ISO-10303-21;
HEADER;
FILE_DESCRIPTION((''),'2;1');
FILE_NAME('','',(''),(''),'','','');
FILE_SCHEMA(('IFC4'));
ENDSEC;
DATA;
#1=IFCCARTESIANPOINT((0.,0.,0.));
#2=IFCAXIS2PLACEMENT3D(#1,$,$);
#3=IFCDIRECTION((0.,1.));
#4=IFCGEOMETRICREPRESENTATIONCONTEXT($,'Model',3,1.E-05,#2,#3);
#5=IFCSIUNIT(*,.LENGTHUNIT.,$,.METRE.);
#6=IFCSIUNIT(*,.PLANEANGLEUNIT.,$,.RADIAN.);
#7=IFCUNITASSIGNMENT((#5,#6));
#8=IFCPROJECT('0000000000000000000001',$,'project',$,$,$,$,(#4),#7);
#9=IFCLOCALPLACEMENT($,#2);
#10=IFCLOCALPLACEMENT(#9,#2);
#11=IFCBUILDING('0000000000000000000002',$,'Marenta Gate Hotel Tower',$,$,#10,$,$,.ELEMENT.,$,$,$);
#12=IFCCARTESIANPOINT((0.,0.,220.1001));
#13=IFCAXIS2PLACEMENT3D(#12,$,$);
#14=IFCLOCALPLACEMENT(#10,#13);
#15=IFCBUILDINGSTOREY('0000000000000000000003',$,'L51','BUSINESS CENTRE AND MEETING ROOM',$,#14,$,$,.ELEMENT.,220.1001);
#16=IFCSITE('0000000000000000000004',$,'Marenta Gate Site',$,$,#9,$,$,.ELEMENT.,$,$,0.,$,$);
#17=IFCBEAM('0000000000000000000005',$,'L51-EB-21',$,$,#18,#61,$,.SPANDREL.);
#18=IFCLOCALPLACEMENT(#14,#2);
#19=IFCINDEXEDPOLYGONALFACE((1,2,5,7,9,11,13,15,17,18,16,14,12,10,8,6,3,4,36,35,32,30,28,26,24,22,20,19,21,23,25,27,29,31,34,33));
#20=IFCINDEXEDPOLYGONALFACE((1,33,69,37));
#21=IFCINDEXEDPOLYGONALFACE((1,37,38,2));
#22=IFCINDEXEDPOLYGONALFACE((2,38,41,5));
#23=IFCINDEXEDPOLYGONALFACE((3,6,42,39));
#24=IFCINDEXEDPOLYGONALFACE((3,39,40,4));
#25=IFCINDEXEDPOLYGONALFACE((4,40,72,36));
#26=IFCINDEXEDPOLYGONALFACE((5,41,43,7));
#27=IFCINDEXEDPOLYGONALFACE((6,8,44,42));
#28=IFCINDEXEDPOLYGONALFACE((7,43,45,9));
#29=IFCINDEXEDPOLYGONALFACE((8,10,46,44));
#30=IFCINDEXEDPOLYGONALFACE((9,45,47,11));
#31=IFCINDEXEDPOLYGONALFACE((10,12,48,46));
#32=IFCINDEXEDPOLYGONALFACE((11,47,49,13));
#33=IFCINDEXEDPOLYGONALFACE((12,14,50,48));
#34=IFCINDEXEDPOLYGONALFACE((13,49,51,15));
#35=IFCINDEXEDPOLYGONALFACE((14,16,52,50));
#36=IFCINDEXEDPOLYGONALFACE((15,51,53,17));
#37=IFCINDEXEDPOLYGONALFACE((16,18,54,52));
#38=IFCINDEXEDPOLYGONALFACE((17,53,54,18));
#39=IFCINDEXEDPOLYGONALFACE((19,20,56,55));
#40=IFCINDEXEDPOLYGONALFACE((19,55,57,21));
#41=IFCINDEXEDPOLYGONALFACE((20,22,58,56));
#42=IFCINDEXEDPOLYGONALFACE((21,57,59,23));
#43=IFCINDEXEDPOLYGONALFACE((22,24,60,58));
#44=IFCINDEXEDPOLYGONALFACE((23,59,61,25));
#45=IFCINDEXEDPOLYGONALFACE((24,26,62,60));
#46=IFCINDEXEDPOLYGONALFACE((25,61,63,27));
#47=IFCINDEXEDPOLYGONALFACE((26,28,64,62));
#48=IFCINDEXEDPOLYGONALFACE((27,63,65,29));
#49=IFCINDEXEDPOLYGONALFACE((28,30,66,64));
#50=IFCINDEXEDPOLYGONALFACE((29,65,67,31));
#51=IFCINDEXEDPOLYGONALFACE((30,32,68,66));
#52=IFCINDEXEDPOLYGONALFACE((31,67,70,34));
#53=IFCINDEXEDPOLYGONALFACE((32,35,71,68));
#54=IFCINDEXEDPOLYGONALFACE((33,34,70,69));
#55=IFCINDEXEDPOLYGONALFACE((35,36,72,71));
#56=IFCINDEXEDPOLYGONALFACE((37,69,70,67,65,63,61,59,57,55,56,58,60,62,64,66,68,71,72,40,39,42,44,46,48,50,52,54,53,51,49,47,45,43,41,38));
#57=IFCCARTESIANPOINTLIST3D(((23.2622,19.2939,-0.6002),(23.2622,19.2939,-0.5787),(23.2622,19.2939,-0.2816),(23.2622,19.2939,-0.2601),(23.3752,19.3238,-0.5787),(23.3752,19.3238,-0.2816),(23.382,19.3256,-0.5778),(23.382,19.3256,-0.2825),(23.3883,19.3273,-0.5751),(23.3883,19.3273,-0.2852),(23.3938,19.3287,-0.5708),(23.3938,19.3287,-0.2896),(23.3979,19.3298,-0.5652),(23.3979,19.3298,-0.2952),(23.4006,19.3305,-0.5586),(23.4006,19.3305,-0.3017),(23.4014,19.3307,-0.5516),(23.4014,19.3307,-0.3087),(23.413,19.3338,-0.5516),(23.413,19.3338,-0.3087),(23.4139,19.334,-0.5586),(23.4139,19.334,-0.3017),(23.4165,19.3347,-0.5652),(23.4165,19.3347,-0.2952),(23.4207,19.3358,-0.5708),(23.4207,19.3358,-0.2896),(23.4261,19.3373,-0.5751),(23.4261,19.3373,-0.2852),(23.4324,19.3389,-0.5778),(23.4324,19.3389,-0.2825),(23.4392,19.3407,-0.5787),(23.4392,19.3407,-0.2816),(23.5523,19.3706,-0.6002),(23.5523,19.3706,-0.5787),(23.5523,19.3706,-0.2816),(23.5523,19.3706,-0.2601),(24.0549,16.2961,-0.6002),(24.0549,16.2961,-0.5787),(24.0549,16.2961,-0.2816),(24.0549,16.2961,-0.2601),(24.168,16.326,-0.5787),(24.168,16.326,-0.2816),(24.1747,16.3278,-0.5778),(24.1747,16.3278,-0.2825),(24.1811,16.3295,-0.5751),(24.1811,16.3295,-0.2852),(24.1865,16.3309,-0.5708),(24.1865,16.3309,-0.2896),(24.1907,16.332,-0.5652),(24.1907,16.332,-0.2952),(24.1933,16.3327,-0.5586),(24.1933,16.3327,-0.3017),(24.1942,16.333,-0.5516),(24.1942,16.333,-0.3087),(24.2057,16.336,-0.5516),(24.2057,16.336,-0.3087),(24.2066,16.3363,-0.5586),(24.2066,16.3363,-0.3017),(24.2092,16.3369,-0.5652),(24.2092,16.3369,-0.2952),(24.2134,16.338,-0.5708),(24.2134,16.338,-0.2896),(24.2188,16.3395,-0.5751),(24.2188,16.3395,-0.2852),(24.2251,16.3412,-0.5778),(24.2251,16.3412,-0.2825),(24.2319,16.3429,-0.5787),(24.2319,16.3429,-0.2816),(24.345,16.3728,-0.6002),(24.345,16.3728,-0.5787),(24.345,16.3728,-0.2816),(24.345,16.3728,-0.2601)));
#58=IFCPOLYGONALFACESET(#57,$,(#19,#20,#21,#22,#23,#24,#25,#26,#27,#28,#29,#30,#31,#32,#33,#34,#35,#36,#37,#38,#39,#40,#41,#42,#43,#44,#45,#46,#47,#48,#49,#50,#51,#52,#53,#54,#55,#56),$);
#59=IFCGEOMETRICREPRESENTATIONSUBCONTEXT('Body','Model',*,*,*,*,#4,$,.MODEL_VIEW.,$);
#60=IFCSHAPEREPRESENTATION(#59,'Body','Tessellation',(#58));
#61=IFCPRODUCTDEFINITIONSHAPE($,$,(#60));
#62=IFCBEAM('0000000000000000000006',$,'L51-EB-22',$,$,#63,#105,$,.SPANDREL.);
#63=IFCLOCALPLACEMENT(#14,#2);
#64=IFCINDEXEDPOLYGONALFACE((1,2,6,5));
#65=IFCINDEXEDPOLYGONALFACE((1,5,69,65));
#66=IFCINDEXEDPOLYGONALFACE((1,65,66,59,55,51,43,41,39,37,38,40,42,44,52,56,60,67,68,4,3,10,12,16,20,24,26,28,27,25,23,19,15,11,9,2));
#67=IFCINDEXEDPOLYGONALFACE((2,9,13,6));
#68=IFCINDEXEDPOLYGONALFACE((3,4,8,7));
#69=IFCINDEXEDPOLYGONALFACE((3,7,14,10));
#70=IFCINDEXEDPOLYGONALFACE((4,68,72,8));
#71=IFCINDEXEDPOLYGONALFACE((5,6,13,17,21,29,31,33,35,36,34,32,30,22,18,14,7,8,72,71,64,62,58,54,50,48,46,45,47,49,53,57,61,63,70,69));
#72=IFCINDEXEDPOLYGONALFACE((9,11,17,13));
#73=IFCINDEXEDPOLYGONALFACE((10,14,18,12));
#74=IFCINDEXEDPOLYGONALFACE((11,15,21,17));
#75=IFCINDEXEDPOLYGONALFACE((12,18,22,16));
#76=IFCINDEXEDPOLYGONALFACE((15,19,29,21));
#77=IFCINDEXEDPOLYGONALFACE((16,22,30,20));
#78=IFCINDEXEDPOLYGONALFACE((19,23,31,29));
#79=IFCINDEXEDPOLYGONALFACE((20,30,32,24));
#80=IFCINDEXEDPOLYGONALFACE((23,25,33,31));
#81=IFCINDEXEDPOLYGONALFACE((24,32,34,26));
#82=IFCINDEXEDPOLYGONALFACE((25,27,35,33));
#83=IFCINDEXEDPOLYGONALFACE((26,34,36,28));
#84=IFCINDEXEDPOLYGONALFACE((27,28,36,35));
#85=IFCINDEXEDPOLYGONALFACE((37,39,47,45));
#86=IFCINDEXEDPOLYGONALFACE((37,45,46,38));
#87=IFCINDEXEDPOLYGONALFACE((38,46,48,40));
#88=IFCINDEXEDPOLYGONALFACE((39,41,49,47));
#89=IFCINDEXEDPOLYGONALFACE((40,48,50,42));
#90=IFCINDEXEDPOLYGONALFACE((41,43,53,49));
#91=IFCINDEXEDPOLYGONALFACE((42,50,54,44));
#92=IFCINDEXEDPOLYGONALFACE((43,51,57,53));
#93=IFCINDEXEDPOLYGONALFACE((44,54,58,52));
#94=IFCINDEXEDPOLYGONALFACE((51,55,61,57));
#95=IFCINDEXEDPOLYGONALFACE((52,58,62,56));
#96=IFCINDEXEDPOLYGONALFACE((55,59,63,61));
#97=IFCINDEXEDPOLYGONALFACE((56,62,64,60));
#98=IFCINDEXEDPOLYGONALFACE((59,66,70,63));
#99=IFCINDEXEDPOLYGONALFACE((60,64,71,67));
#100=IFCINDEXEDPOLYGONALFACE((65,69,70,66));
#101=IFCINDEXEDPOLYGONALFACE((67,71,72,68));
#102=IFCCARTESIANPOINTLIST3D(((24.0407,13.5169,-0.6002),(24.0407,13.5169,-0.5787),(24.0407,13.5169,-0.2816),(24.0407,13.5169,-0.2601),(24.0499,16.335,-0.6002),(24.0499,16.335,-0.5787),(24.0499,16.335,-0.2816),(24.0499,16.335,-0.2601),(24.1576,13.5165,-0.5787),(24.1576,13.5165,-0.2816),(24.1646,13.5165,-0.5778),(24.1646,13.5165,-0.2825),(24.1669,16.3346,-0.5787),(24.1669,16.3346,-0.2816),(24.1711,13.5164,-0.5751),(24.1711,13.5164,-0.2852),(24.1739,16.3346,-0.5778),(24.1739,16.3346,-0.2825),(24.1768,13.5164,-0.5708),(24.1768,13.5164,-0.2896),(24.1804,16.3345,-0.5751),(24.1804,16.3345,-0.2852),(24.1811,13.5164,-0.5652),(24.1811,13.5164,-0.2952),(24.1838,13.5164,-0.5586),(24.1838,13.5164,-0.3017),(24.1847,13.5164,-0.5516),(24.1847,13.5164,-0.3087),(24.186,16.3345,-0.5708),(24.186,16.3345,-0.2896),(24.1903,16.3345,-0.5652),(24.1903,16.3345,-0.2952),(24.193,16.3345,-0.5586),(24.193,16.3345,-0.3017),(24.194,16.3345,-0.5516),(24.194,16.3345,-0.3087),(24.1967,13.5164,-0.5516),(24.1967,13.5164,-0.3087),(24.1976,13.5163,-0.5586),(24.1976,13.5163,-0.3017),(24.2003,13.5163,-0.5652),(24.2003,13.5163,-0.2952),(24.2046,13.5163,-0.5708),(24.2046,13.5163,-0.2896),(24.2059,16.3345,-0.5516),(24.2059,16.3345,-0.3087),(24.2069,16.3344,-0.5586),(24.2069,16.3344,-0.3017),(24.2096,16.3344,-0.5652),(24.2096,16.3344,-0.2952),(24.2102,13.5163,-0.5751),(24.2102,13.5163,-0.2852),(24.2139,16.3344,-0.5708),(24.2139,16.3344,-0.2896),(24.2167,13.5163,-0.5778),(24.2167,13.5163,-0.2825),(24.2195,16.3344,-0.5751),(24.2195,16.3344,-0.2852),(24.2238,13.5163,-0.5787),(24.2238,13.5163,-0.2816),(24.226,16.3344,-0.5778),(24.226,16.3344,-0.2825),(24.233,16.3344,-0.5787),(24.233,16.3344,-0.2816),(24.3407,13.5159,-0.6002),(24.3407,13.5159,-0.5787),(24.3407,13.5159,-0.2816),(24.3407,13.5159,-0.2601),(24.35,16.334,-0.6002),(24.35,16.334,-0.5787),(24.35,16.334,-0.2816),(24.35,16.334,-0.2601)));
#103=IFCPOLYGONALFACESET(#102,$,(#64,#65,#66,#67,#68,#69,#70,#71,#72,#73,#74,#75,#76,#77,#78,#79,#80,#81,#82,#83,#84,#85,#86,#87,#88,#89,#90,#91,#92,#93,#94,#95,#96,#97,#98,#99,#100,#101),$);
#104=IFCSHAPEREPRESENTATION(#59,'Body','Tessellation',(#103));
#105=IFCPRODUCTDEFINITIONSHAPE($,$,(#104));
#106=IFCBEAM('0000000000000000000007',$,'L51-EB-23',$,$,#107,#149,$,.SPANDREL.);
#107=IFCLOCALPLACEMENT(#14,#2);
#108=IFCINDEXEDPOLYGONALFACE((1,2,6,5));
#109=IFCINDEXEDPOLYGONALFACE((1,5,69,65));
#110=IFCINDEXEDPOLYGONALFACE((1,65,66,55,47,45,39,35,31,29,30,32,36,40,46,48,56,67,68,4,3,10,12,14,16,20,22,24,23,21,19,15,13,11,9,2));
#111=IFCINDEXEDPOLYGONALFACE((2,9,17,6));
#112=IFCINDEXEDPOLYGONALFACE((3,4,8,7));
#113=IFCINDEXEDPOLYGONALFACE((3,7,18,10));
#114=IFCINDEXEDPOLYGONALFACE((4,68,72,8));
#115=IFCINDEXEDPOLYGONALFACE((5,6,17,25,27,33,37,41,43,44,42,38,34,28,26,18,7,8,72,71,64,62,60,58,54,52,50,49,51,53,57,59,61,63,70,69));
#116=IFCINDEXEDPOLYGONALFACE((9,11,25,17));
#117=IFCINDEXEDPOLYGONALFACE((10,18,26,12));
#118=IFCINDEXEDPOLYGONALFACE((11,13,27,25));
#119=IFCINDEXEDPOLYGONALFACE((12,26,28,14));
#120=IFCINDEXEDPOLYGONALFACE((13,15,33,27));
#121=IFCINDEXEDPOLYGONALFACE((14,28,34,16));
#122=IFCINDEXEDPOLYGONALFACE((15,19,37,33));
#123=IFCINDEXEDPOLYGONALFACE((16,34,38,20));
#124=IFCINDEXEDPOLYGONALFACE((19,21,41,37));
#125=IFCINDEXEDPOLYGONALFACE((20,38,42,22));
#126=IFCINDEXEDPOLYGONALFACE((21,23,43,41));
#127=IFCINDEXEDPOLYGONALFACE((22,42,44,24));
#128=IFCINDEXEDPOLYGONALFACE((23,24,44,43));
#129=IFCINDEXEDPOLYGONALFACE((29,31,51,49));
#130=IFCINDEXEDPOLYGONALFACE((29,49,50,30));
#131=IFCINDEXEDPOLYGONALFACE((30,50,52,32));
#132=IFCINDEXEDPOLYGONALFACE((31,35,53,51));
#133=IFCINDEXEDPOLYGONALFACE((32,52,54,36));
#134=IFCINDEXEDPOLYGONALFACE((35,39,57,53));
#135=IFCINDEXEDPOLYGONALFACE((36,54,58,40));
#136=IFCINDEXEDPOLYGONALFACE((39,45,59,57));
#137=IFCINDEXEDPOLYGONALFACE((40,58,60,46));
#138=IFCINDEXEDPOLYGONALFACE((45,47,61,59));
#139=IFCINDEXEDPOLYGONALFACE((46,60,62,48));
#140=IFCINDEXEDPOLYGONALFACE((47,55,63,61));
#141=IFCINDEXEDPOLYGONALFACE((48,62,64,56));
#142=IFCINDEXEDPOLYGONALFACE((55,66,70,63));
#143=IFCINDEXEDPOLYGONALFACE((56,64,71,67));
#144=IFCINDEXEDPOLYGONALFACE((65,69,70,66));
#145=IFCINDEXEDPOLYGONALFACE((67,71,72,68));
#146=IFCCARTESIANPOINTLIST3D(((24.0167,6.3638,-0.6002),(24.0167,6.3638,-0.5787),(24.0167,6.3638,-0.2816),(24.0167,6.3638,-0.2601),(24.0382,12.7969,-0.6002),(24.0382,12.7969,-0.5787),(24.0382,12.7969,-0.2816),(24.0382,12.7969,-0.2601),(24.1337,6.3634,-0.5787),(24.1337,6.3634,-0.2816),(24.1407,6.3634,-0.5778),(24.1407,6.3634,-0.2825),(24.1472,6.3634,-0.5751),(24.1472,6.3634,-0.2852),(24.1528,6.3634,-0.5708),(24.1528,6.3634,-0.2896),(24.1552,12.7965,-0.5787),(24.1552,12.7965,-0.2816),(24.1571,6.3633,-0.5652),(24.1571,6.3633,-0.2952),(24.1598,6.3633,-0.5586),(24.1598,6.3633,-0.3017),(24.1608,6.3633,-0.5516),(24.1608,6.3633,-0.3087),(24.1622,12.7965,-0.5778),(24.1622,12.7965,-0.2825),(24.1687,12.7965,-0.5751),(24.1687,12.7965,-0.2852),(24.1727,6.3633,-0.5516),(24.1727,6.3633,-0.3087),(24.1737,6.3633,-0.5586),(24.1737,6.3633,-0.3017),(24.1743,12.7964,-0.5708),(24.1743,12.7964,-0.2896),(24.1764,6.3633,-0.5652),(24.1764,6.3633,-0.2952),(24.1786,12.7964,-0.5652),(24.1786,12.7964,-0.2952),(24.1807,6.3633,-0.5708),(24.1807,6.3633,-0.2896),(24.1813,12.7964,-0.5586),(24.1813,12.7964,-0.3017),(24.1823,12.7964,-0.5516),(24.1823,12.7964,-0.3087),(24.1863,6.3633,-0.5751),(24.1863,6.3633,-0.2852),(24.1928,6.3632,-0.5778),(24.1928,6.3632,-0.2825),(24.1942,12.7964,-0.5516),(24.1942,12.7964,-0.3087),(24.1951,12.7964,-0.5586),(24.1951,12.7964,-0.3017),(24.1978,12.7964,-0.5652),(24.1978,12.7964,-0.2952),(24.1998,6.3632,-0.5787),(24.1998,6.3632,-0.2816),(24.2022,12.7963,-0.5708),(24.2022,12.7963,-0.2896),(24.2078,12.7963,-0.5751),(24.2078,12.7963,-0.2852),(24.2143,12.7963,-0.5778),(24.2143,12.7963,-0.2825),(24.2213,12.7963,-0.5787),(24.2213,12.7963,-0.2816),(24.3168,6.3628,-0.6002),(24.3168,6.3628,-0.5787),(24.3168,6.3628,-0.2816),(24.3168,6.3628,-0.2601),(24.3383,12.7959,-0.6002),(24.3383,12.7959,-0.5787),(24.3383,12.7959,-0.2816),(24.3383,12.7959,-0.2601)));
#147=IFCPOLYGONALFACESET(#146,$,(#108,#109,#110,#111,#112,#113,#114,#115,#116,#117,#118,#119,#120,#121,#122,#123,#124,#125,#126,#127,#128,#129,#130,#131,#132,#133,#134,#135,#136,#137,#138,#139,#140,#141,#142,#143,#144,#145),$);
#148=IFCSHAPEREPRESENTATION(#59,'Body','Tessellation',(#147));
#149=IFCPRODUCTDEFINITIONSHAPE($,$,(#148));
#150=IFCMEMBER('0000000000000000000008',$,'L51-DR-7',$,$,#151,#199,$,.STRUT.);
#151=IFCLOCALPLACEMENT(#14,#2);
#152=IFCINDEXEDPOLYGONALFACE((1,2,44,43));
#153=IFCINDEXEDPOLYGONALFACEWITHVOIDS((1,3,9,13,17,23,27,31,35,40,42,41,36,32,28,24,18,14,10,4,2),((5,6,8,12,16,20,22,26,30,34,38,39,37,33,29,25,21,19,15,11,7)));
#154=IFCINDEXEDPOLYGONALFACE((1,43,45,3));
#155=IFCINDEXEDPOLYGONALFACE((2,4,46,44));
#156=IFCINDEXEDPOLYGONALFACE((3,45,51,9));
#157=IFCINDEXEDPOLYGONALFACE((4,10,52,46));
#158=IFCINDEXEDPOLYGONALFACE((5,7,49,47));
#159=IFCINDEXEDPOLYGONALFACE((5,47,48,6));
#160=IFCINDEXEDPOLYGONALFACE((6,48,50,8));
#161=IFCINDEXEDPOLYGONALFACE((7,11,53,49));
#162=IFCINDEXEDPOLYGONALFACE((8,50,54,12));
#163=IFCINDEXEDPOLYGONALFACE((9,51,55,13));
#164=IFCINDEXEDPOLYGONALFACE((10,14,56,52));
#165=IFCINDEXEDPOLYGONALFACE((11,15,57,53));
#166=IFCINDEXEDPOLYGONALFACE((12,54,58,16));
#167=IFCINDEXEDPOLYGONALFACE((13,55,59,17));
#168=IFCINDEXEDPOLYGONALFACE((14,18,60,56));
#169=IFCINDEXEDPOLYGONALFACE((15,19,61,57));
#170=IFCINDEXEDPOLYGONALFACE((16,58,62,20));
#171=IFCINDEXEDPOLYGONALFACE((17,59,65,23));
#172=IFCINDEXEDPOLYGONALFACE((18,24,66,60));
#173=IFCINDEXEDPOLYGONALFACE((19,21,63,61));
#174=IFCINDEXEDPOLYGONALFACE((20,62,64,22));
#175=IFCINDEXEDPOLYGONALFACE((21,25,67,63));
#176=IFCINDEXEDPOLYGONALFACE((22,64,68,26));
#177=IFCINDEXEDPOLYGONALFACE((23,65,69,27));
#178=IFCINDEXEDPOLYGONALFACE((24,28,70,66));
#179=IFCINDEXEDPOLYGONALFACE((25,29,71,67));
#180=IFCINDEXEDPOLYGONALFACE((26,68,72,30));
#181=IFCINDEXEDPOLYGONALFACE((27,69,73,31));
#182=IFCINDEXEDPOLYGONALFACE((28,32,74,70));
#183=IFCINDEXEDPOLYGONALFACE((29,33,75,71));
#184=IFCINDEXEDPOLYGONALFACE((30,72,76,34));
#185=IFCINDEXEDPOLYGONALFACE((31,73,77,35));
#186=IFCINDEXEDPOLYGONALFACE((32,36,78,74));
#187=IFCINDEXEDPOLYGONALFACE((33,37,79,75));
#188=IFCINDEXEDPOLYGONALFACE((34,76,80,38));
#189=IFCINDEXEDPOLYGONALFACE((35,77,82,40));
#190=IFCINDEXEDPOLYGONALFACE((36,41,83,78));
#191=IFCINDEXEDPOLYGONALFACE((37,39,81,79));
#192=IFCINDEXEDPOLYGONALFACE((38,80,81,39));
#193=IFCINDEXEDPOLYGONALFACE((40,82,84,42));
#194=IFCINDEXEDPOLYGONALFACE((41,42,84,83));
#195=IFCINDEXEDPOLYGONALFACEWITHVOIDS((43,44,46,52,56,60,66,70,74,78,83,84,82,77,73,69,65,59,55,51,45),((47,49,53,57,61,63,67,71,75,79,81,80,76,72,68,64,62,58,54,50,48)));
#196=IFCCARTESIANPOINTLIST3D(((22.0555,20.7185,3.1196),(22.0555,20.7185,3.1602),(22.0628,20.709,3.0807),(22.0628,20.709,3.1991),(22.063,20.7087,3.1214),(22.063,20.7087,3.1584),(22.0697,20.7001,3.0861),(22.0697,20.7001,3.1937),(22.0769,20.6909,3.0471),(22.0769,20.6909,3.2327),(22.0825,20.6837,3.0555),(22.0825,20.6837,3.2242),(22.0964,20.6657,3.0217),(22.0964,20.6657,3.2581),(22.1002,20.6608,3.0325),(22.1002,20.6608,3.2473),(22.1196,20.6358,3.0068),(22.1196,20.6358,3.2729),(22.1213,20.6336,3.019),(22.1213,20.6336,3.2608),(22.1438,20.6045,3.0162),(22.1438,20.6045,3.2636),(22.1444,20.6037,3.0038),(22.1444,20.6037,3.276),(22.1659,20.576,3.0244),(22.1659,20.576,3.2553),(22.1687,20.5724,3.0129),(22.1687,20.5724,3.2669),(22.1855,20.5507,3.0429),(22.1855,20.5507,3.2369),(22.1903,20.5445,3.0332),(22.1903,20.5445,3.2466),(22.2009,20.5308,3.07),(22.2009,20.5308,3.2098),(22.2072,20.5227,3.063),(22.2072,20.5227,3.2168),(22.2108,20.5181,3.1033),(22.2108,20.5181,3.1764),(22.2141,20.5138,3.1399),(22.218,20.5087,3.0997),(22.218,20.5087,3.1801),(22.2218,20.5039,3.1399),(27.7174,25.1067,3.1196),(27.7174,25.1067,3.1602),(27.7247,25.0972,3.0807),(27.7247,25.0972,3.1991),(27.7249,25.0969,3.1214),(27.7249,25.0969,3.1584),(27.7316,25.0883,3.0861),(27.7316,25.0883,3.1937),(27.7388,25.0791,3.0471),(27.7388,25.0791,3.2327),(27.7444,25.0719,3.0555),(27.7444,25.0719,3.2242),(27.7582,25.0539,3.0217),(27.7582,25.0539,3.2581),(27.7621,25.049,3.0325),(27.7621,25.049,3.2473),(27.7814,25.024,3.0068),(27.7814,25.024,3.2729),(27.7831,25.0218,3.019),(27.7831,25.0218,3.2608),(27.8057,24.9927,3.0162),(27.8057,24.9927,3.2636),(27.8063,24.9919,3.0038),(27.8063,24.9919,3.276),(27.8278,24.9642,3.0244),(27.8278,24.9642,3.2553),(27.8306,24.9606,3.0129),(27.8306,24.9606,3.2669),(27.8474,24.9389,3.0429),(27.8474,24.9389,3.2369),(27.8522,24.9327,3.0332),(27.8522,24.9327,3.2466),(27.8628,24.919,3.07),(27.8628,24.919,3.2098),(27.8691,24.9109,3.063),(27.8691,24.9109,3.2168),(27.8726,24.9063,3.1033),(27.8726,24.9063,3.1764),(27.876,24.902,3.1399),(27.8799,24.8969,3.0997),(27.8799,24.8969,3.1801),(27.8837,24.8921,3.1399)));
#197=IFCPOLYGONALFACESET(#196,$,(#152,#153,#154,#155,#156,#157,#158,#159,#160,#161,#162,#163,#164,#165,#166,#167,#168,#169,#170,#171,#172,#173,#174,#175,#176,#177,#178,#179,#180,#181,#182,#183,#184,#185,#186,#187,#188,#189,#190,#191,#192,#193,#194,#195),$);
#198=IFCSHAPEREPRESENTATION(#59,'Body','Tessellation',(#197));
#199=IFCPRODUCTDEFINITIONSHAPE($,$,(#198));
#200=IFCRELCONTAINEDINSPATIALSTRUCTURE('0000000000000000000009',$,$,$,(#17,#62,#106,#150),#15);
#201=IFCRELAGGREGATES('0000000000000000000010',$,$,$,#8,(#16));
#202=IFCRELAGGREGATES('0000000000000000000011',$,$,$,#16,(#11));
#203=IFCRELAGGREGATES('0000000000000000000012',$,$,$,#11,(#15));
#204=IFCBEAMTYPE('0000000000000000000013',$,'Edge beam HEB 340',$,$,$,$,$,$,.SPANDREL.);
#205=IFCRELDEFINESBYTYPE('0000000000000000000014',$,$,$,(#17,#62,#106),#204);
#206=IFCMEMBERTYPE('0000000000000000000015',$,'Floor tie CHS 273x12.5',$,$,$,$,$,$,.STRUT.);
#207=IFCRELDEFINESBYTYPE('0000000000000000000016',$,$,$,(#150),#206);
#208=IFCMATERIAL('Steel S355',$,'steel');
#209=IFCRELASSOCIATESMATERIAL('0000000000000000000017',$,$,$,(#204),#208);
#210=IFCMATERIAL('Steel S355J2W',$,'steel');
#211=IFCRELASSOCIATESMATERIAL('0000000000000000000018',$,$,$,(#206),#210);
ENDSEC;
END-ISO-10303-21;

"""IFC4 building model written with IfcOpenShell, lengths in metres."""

from ifc_helpers import new_model, si_unit, direction, frame, origin, origin_2d, place, context, subcontext, project, spatial, hollow_circle, i_section, extrude, material, material_profile, profile_set, type_object, element, save


model = new_model("IFC4")

# Units and contexts
model_context = context("Model", 3, precision=1e-05, world=origin(), true_north=direction((0.0, 1.0)))
body_context = subcontext(model_context, "Body", "Model", "MODEL_VIEW")
ifc_project = project(units=[si_unit("LENGTHUNIT", "METRE"), si_unit("PLANEANGLEUNIT", "RADIAN")], contexts=[model_context])

# Site, building, storey
site_placement = place(None, origin())
site = spatial("IfcSite", under=ifc_project, at=site_placement, Name="Marenta Gate Site", CompositionType="ELEMENT", RefElevation=0.0)
building_placement = place(site_placement, origin())
building = spatial("IfcBuilding", under=site, at=building_placement, Name="Marenta Gate Hotel Tower", CompositionType="ELEMENT")
storey_placement = place(building_placement, frame((0.0, 0.0, 220.1001)))
storey = spatial("IfcBuildingStorey", under=building, at=storey_placement, Name="L51", Description="BUSINESS CENTRE AND MEETING ROOM", CompositionType="ELEMENT", Elevation=220.1001)

# Beams
ifc_material_1 = material(Name="Steel S355", Category="steel")
ifc_material_profile_1 = material_profile(ifc_material_1, i_section(OverallWidth=0.3, OverallDepth=0.3401, WebThickness=0.012, FlangeThickness=0.0215, FilletRadius=0.0271, at=origin_2d()), Name="HEB 340")
ifc_profile_set_1 = profile_set([ifc_material_profile_1], Name="Steel S355")
beam_type = type_object("IfcBeamType", Name="Edge beam HEB 340", PredefinedType="SPANDREL", material=ifc_profile_set_1)
beam_1_placement = place(storey_placement, frame((23.4072, 19.3323, -0.4302), z_axis=(0.255648, -0.96677, 0.0), x_axis=(0.96677, 0.255648, 0.0)))
element("IfcBeam", 1, at=beam_1_placement, inside=storey, type_object=beam_type, Name="L51-EB-21", PredefinedType="SPANDREL", context=body_context, shape_type="SweptSolid", body=[
    extrude(i_section(OverallWidth=0.3, OverallDepth=0.3401, WebThickness=0.012, FlangeThickness=0.0215, FilletRadius=0.0271, at=origin_2d()), origin(), (0.0, 0.0, 1.0), 3.1008),
])
beam_2_placement = place(storey_placement, frame((24.2, 16.3345, -0.4302), z_axis=(-0.003292, -0.999995, 0.0), x_axis=(0.999995, -0.003292, 0.0)))
element("IfcBeam", 2, at=beam_2_placement, inside=storey, type_object=beam_type, Name="L51-EB-22", PredefinedType="SPANDREL", context=body_context, shape_type="SweptSolid", body=[
    extrude(i_section(OverallWidth=0.3, OverallDepth=0.3401, WebThickness=0.012, FlangeThickness=0.0215, FilletRadius=0.0271, at=origin_2d()), origin(), (0.0, 0.0, 1.0), 2.8181),
])
beam_3_placement = place(storey_placement, frame((24.1882, 12.7964, -0.4302), z_axis=(-0.00334, -0.999994, 0.0), x_axis=(0.999994, -0.00334, 0.0)))
element("IfcBeam", 3, at=beam_3_placement, inside=storey, type_object=beam_type, Name="L51-EB-23", PredefinedType="SPANDREL", context=body_context, shape_type="SweptSolid", body=[
    extrude(i_section(OverallWidth=0.3, OverallDepth=0.3401, WebThickness=0.012, FlangeThickness=0.0215, FilletRadius=0.0271, at=origin_2d()), origin(), (0.0, 0.0, 1.0), 6.4331),
])

# Member
ifc_material_2 = material(Name="Steel S355J2W", Category="steel")
ifc_material_profile_2 = material_profile(ifc_material_2, hollow_circle(Radius=0.1365, WallThickness=0.0125, at=origin_2d()), Name="CHS 273x12.5")
ifc_profile_set_2 = profile_set([ifc_material_profile_2], Name="Steel S355J2W")
member_type_1 = type_object("IfcMemberType", Name="Floor tie CHS 273x12.5", PredefinedType="STRUT", material=ifc_profile_set_2)
member_1_placement = place(storey_placement, frame((27.8, 25.0, 3.1399), z_axis=(-0.790399, -0.612592, 0.0), x_axis=(0.612592, -0.790399, 0.0)))
element("IfcMember", 4, at=member_1_placement, inside=storey, type_object=member_type_1, Name="L51-DR-7", PredefinedType="STRUT", context=body_context, shape_type="SweptSolid", body=[
    extrude(hollow_circle(Radius=0.1365, WallThickness=0.0125, at=origin_2d()), origin(), (0.0, 0.0, 1.0), 7.1633),
])

save(model, "model.ifc")
